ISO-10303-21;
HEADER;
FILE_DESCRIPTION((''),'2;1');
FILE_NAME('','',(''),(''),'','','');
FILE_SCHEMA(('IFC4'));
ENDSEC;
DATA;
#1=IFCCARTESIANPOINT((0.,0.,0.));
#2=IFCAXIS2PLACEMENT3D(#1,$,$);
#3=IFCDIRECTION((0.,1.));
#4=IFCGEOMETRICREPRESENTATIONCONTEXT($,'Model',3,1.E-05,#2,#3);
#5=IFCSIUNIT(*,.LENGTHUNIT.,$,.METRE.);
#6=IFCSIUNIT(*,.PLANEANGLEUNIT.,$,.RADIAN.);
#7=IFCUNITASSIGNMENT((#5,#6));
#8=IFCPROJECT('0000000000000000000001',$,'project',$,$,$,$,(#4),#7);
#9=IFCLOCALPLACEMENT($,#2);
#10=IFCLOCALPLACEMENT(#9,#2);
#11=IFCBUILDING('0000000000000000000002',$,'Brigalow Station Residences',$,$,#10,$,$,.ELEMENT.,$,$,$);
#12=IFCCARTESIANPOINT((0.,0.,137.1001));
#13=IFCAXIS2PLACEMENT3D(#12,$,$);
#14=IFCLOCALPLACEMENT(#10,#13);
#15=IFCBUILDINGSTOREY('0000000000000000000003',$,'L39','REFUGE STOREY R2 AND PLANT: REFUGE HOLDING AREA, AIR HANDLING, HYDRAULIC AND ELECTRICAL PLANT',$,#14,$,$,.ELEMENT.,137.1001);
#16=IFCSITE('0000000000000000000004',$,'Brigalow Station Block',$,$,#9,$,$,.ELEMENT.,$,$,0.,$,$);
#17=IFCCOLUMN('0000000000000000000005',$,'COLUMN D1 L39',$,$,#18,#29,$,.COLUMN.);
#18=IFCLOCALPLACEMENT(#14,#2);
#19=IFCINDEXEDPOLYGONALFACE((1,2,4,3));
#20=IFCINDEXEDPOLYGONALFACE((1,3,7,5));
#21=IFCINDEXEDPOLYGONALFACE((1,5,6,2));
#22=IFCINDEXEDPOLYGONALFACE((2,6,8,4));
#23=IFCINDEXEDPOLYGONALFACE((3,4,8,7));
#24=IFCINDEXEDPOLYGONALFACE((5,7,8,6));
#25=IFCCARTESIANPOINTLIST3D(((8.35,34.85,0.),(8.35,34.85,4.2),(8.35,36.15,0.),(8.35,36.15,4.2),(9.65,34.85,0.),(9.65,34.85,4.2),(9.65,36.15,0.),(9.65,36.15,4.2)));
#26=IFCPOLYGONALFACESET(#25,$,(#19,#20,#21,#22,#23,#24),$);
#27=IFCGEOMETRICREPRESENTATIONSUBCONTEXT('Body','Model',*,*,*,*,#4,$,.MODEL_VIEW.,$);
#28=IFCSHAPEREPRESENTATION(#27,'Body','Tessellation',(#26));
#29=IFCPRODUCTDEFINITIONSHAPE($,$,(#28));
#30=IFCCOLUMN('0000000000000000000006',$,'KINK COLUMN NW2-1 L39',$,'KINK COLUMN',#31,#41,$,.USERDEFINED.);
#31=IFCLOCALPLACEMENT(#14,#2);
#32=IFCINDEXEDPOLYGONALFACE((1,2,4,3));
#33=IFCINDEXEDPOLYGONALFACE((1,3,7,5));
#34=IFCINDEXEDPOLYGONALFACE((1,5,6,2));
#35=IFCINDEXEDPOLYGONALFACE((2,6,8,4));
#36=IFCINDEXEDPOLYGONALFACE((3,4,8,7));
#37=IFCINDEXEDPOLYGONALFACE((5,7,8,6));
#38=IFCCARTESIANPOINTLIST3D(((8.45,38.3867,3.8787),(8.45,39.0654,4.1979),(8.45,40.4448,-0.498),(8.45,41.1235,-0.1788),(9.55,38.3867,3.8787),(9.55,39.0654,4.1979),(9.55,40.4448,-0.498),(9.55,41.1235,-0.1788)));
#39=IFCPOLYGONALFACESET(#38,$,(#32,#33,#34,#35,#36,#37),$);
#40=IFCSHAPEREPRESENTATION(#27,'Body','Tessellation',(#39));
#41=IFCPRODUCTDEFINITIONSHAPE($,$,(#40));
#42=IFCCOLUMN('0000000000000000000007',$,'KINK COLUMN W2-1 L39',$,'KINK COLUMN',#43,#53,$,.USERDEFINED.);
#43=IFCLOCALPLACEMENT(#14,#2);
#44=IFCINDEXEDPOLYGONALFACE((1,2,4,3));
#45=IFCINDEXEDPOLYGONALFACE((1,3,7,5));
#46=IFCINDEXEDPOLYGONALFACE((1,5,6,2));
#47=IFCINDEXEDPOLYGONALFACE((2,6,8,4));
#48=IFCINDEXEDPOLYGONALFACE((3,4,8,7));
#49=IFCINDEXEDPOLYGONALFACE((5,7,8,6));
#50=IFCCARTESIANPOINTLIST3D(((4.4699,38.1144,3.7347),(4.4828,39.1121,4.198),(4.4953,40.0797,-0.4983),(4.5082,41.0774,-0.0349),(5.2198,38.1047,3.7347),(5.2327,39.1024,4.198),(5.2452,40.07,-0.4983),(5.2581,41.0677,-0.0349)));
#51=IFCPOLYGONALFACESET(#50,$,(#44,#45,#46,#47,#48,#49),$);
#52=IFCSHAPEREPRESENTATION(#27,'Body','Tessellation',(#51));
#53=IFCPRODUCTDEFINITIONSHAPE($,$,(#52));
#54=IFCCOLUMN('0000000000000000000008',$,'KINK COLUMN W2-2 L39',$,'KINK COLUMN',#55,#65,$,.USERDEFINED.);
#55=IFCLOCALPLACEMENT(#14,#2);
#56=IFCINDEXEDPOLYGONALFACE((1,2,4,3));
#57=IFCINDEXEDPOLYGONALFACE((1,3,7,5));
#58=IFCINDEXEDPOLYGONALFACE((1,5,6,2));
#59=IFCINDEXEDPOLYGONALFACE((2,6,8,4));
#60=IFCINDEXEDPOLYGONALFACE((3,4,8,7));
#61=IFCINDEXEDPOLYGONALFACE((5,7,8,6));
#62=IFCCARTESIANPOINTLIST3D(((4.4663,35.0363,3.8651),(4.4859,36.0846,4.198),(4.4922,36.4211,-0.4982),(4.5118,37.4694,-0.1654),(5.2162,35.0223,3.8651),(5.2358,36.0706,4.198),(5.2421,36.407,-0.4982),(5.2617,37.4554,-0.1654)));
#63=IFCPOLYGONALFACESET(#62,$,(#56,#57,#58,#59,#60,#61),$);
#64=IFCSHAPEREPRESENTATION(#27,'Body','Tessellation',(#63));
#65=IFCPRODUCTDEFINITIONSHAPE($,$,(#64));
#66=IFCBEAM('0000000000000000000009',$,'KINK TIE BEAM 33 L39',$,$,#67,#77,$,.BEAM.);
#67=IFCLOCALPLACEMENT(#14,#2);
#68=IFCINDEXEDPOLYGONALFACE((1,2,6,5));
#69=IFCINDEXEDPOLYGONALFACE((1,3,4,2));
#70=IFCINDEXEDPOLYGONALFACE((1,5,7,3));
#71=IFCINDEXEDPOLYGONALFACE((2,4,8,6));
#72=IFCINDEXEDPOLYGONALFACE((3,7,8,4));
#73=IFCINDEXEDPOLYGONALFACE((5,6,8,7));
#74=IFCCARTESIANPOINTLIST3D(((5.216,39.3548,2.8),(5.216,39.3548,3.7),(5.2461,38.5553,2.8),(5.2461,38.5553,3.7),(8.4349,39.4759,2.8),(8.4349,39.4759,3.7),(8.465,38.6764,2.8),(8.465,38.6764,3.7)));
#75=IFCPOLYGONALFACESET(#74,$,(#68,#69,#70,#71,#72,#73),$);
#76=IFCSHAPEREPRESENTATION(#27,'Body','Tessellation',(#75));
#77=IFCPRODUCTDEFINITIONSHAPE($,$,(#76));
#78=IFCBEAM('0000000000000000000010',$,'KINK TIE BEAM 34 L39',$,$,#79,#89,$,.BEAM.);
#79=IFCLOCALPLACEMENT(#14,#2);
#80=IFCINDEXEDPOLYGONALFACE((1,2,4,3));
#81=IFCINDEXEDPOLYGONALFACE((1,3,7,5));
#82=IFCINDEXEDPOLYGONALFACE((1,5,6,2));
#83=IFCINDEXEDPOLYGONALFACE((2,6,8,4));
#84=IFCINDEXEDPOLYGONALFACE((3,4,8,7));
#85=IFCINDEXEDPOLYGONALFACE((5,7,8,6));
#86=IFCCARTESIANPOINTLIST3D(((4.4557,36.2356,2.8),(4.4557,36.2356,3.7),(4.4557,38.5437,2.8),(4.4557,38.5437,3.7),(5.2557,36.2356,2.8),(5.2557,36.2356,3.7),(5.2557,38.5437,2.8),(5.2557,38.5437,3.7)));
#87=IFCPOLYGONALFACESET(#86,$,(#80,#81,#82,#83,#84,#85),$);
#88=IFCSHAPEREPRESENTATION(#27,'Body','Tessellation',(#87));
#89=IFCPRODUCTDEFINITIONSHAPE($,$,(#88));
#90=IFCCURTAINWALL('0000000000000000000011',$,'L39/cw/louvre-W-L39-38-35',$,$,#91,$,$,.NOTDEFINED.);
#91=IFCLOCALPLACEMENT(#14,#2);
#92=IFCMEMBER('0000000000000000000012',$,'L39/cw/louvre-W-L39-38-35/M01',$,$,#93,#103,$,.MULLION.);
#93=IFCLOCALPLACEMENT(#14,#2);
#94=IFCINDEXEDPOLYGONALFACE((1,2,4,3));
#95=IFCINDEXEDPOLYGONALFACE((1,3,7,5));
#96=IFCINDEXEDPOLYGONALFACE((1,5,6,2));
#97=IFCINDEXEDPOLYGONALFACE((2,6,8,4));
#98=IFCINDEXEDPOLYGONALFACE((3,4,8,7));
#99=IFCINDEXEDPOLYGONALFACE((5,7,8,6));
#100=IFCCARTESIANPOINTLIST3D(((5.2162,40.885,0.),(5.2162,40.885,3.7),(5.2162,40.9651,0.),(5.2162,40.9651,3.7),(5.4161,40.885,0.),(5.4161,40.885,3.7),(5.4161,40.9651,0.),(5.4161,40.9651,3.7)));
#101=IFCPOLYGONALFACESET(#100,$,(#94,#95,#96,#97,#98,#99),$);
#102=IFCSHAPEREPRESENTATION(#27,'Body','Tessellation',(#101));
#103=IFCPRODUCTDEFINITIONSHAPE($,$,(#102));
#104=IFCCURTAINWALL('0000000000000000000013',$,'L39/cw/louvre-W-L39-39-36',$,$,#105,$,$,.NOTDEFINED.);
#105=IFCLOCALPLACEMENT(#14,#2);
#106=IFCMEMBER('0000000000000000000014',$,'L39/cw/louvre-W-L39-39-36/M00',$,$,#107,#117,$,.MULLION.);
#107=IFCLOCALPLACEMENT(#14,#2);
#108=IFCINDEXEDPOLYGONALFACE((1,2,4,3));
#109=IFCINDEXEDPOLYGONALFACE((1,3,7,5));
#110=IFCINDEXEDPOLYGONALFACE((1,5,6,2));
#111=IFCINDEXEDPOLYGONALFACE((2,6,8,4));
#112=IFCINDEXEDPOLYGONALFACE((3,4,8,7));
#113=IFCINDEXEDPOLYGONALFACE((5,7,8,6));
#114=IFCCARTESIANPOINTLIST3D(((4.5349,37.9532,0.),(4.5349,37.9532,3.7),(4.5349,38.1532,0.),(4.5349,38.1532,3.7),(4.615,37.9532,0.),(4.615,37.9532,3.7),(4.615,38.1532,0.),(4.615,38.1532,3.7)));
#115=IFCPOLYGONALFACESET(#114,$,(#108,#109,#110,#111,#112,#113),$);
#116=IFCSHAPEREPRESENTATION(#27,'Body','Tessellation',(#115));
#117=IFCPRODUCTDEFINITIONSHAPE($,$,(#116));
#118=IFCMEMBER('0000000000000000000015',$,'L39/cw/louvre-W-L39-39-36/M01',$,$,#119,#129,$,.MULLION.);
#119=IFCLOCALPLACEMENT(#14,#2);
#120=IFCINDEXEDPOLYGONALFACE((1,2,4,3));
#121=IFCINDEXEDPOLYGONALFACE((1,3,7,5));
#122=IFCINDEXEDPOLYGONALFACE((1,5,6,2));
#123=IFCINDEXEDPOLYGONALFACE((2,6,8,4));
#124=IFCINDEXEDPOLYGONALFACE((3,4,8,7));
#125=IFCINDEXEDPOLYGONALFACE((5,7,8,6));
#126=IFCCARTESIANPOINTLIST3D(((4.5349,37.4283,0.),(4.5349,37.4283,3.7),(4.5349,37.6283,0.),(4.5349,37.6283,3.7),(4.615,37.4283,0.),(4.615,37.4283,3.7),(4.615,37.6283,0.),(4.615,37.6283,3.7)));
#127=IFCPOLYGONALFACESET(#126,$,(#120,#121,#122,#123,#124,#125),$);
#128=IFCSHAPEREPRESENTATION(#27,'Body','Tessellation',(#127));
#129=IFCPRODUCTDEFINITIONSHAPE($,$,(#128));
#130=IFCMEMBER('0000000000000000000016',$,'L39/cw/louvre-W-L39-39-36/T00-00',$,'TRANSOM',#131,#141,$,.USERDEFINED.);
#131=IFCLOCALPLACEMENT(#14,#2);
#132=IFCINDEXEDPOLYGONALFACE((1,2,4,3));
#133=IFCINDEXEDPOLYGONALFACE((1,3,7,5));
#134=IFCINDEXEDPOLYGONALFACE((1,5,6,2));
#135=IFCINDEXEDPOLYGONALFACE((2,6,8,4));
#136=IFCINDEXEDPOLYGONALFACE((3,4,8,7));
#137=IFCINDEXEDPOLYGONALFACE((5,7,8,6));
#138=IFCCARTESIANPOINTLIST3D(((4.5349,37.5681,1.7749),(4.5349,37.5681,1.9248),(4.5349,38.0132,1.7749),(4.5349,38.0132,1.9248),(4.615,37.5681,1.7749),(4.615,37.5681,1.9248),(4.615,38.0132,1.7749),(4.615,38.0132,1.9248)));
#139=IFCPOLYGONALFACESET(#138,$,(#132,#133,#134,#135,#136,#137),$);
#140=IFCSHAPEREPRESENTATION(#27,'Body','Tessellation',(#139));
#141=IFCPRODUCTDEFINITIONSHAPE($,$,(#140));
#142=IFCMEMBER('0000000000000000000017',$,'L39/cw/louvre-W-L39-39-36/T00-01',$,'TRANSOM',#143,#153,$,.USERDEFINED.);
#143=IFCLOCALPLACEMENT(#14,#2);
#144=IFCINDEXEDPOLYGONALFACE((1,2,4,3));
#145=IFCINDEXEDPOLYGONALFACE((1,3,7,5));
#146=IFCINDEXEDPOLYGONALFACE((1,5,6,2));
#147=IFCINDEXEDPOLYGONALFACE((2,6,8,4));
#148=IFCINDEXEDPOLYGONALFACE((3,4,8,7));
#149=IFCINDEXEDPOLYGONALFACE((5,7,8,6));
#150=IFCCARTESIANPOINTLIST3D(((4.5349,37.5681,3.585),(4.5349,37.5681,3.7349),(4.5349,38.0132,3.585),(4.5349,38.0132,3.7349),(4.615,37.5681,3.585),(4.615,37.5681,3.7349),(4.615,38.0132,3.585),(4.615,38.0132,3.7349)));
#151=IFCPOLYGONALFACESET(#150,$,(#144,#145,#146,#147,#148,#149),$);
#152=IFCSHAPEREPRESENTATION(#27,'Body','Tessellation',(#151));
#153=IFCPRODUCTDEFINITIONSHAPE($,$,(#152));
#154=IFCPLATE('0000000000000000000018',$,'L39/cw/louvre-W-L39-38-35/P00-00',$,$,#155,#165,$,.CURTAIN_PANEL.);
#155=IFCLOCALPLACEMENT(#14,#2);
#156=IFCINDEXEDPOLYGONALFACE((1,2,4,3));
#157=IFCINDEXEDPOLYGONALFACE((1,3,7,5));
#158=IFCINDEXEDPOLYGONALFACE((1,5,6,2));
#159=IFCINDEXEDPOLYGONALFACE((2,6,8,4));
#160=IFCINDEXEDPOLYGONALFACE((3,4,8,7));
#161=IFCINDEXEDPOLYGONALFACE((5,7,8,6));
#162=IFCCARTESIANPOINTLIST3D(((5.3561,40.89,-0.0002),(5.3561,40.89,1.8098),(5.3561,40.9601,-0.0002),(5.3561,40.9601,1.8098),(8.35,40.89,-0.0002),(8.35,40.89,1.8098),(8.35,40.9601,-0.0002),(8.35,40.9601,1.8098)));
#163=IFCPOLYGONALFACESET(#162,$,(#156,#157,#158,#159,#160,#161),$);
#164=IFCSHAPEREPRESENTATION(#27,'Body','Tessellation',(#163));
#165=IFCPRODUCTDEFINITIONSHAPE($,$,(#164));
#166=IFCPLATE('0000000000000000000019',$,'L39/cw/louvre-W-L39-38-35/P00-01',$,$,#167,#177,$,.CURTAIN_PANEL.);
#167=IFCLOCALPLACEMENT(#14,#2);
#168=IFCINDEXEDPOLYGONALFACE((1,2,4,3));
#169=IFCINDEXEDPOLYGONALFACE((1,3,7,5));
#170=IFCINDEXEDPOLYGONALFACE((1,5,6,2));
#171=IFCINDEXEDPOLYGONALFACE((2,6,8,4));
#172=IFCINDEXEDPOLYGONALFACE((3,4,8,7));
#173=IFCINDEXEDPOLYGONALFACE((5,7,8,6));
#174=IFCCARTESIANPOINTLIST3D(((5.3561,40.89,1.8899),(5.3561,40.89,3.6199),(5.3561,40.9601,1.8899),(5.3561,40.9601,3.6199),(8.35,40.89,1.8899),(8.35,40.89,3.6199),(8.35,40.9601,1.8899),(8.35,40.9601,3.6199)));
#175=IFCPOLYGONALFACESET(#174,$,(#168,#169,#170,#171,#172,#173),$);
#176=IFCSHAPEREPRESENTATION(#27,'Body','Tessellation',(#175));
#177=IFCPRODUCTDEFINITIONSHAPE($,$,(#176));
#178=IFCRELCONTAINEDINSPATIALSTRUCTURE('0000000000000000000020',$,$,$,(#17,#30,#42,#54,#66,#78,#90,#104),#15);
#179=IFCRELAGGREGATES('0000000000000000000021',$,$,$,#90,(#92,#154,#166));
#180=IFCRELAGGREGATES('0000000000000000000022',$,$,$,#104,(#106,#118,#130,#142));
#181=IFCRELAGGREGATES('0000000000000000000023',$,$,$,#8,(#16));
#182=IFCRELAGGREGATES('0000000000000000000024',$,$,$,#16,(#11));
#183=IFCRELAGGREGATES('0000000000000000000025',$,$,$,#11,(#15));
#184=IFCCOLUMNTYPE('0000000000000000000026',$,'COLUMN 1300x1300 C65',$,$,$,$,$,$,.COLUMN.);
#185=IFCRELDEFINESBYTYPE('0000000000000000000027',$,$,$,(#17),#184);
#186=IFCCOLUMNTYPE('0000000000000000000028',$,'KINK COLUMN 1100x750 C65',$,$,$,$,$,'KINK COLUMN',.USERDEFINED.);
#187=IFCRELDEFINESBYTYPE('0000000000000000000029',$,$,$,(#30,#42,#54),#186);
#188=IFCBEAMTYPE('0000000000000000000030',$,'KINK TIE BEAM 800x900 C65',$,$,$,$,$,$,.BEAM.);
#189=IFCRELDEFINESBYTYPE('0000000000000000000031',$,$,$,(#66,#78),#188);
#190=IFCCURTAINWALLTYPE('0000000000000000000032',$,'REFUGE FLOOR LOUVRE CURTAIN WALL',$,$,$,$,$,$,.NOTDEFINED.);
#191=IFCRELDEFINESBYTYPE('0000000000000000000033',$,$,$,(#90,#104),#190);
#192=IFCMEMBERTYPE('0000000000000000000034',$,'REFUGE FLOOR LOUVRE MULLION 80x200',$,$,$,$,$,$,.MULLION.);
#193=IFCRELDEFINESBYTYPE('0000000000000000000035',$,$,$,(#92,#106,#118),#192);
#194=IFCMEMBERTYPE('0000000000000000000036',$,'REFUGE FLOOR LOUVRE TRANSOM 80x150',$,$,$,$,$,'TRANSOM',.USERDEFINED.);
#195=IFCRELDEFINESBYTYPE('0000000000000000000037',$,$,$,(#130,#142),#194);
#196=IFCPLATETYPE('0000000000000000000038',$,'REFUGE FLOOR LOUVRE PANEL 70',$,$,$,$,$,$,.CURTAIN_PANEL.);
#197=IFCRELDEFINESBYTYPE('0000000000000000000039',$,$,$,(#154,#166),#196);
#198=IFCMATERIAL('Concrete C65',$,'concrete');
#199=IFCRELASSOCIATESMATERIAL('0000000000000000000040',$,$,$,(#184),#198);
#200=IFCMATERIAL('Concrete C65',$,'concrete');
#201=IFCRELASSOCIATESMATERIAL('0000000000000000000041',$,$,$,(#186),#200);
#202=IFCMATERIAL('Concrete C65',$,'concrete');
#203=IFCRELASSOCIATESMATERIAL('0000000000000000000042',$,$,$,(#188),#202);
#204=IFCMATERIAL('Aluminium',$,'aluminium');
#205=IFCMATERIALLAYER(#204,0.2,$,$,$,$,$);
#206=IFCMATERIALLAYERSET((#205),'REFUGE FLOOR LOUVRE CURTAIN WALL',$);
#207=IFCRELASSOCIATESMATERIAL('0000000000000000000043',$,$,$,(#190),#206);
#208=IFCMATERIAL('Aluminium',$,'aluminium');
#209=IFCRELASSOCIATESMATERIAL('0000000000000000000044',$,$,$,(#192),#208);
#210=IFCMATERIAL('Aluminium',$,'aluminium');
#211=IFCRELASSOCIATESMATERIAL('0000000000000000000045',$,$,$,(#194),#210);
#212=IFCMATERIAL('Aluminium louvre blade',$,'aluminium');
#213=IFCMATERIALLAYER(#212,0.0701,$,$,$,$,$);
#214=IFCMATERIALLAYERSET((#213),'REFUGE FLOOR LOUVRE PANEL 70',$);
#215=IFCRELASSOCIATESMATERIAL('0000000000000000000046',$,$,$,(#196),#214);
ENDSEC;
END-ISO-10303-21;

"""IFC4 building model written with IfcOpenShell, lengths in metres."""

from ifc_helpers import new_model, si_unit, direction, frame, origin, origin_2d, place, context, subcontext, project, spatial, rectangle, extrude, material, layer, layer_set, material_profile, profile_set, type_object, element, aggregate, save


model = new_model("IFC4")

# Units and contexts
model_context = context("Model", 3, precision=1e-05, world=origin(), true_north=direction((0.0, 1.0)))
body_context = subcontext(model_context, "Body", "Model", "MODEL_VIEW")
ifc_project = project(units=[si_unit("LENGTHUNIT", "METRE"), si_unit("PLANEANGLEUNIT", "RADIAN")], contexts=[model_context])

# Site, building, storey
site_placement = place(None, origin())
site = spatial("IfcSite", under=ifc_project, at=site_placement, Name="Brigalow Station Block", CompositionType="ELEMENT", RefElevation=0.0)
building_placement = place(site_placement, origin())
building = spatial("IfcBuilding", under=site, at=building_placement, Name="Brigalow Station Residences", CompositionType="ELEMENT")
storey_placement = place(building_placement, frame((0.0, 0.0, 137.1001)))
storey = spatial("IfcBuildingStorey", under=building, at=storey_placement, Name="L39", Description="REFUGE STOREY R2 AND PLANT: REFUGE HOLDING AREA, AIR HANDLING, HYDRAULIC AND ELECTRICAL PLANT", CompositionType="ELEMENT", Elevation=137.1001)

# Columns
ifc_material_1 = material(Name="Concrete C65", Category="concrete")
ifc_material_profile_1 = material_profile(ifc_material_1, rectangle(XDim=1.3, YDim=1.3, at=origin_2d()), Name="RC1300x1300")
ifc_profile_set_1 = profile_set([ifc_material_profile_1], Name="Concrete C65")
column_type_1 = type_object("IfcColumnType", Name="COLUMN 1300x1300 C65", PredefinedType="COLUMN", material=ifc_profile_set_1)
column_1_placement = place(storey_placement, frame((9.0, 35.5, 0.0), z_axis=(0.0, 0.0, 1.0), x_axis=(1.0, 0.0, 0.0)))
element("IfcColumn", 1, at=column_1_placement, inside=storey, type_object=column_type_1, Name="COLUMN D1 L39", PredefinedType="COLUMN", context=body_context, shape_type="SweptSolid", body=[
    extrude(rectangle(XDim=1.3, YDim=1.3, at=origin_2d()), origin(), (0.0, 0.0, 1.0), 4.2),
])
ifc_material_2 = material(Name="Concrete C65", Category="concrete")
ifc_material_profile_2 = material_profile(ifc_material_2, rectangle(XDim=1.1001, YDim=0.75, at=origin_2d()), Name="RC1100x750")
ifc_profile_set_2 = profile_set([ifc_material_profile_2], Name="Concrete C65")
column_type_2 = type_object("IfcColumnType", Name="KINK COLUMN 1100x750 C65", ElementType="KINK COLUMN", PredefinedType="USERDEFINED", material=ifc_profile_set_2)
column_2_placement = place(storey_placement, frame((9.0, 40.7842, -0.3384), z_axis=(0.0, -0.425539, 0.90494), x_axis=(1.0, 0.0, 0.0)))
element("IfcColumn", 2, at=column_2_placement, inside=storey, type_object=column_type_2, Name="KINK COLUMN NW2-1 L39", ObjectType="KINK COLUMN", PredefinedType="USERDEFINED", context=body_context, shape_type="SweptSolid", body=[
    extrude(rectangle(XDim=1.1001, YDim=0.75, at=origin_2d()), origin(), (0.0, 0.0, 1.0), 4.8364),
])
column_3_placement = place(storey_placement, frame((4.8767, 40.5737, -0.2666), z_axis=(-0.00544, -0.421114, 0.906991), x_axis=(0.011717, 0.906916, 0.421149)))
element("IfcColumn", 3, at=column_3_placement, inside=storey, type_object=column_type_2, Name="KINK COLUMN W2-1 L39", ObjectType="KINK COLUMN", PredefinedType="USERDEFINED", context=body_context, shape_type="SweptSolid", body=[
    extrude(rectangle(XDim=1.1001, YDim=0.75, at=origin_2d()), origin(), (0.0, 0.0, 1.0), 4.667),
])
column_4_placement = place(storey_placement, frame((4.877, 36.9382, -0.3318), z_axis=(-0.005653, -0.302494, 0.953134), x_axis=(0.017809, 0.952968, 0.302547)))
element("IfcColumn", 4, at=column_4_placement, inside=storey, type_object=column_type_2, Name="KINK COLUMN W2-2 L39", ObjectType="KINK COLUMN", PredefinedType="USERDEFINED", context=body_context, shape_type="SweptSolid", body=[
    extrude(rectangle(XDim=1.1001, YDim=0.75, at=origin_2d()), origin(), (0.0, 0.0, 1.0), 4.5779),
])

# Beams
ifc_material_3 = material(Name="Concrete C65", Category="concrete")
ifc_material_profile_3 = material_profile(ifc_material_3, rectangle(XDim=0.8, YDim=0.8999, at=origin_2d()), Name="RC800x900")
ifc_profile_set_3 = profile_set([ifc_material_profile_3], Name="Concrete C65")
beam_type = type_object("IfcBeamType", Name="KINK TIE BEAM 800x900 C65", PredefinedType="BEAM", material=ifc_profile_set_3)
beam_1_placement = place(storey_placement, frame((8.45, 39.0762, 3.25), z_axis=(-0.999293, -0.037592, 0.0), x_axis=(0.037592, -0.999293, 0.0)))
element("IfcBeam", 5, at=beam_1_placement, inside=storey, type_object=beam_type, Name="KINK TIE BEAM 33 L39", PredefinedType="BEAM", context=body_context, shape_type="SweptSolid", body=[
    extrude(rectangle(XDim=0.8, YDim=0.8999, at=origin_2d()), origin(), (0.0, 0.0, 1.0), 3.2212),
])
beam_2_placement = place(storey_placement, frame((4.8557, 38.5437, 3.25), z_axis=(0.0, -1.0, 0.0), x_axis=(1.0, 0.0, 0.0)))
element("IfcBeam", 6, at=beam_2_placement, inside=storey, type_object=beam_type, Name="KINK TIE BEAM 34 L39", PredefinedType="BEAM", context=body_context, shape_type="SweptSolid", body=[
    extrude(rectangle(XDim=0.8, YDim=0.8999, at=origin_2d()), origin(), (0.0, 0.0, 1.0), 2.3081),
])

# Curtain wall, member
ifc_material_4 = material(Name="Aluminium", Category="aluminium")
ifc_layer_1 = layer(ifc_material_4, 0.2)
ifc_layer_set_1 = layer_set([ifc_layer_1], Name="REFUGE FLOOR LOUVRE CURTAIN WALL")
curtain_wall_type = type_object("IfcCurtainWallType", Name="REFUGE FLOOR LOUVRE CURTAIN WALL", PredefinedType="NOTDEFINED", material=ifc_layer_set_1)
curtain_wall_1_placement = place(storey_placement, origin())
curtain_wall_1 = element("IfcCurtainWall", 7, at=curtain_wall_1_placement, inside=storey, type_object=curtain_wall_type, Name="L39/cw/louvre-W-L39-38-35", PredefinedType="NOTDEFINED")
ifc_material_5 = material(Name="Aluminium", Category="aluminium")
ifc_material_profile_4 = material_profile(ifc_material_5, rectangle(XDim=0.0801, YDim=0.2, at=origin_2d()), Name="REFUGE FLOOR LOUVRE MULLION 80x200")
ifc_profile_set_4 = profile_set([ifc_material_profile_4], Name="Aluminium")
member_type_1 = type_object("IfcMemberType", Name="REFUGE FLOOR LOUVRE MULLION 80x200", PredefinedType="MULLION", material=ifc_profile_set_4)
member_1_placement = place(storey_placement, frame((5.3162, 40.925, 0.0), z_axis=(0.0, 0.0, 1.0), x_axis=(0.0, -1.0, 0.0)))
member_1 = element("IfcMember", 8, at=member_1_placement, type_object=member_type_1, Name="L39/cw/louvre-W-L39-38-35/M01", PredefinedType="MULLION", context=body_context, shape_type="SweptSolid", body=[
    extrude(rectangle(XDim=0.0801, YDim=0.2, at=origin_2d()), origin(), (0.0, 0.0, 1.0), 3.7),
])

# Curtain wall, members
curtain_wall_2_placement = place(storey_placement, origin())
curtain_wall_2 = element("IfcCurtainWall", 9, at=curtain_wall_2_placement, inside=storey, type_object=curtain_wall_type, Name="L39/cw/louvre-W-L39-39-36", PredefinedType="NOTDEFINED")
member_2_placement = place(storey_placement, frame((4.575, 38.0532, 0.0), z_axis=(0.0, 0.0, 1.0), x_axis=(1.0, 0.0, 0.0)))
member_2 = element("IfcMember", 10, at=member_2_placement, type_object=member_type_1, Name="L39/cw/louvre-W-L39-39-36/M00", PredefinedType="MULLION", context=body_context, shape_type="SweptSolid", body=[
    extrude(rectangle(XDim=0.0801, YDim=0.2, at=origin_2d()), origin(), (0.0, 0.0, 1.0), 3.7),
])
member_3_placement = place(storey_placement, frame((4.575, 37.5283, 0.0), z_axis=(0.0, 0.0, 1.0), x_axis=(1.0, 0.0, 0.0)))
member_3 = element("IfcMember", 11, at=member_3_placement, type_object=member_type_1, Name="L39/cw/louvre-W-L39-39-36/M01", PredefinedType="MULLION", context=body_context, shape_type="SweptSolid", body=[
    extrude(rectangle(XDim=0.0801, YDim=0.2, at=origin_2d()), origin(), (0.0, 0.0, 1.0), 3.7),
])
ifc_material_6 = material(Name="Aluminium", Category="aluminium")
ifc_material_profile_5 = material_profile(ifc_material_6, rectangle(XDim=0.0801, YDim=0.1499, at=origin_2d()), Name="REFUGE FLOOR LOUVRE TRANSOM 80x150")
ifc_profile_set_5 = profile_set([ifc_material_profile_5], Name="Aluminium")
member_type_2 = type_object("IfcMemberType", Name="REFUGE FLOOR LOUVRE TRANSOM 80x150", ElementType="TRANSOM", PredefinedType="USERDEFINED", material=ifc_profile_set_5)
member_4_placement = place(storey_placement, frame((4.575, 38.0132, 1.8499), z_axis=(0.0, -1.0, 0.0), x_axis=(1.0, 0.0, 0.0)))
member_4 = element("IfcMember", 12, at=member_4_placement, type_object=member_type_2, Name="L39/cw/louvre-W-L39-39-36/T00-00", ObjectType="TRANSOM", PredefinedType="USERDEFINED", context=body_context, shape_type="SweptSolid", body=[
    extrude(rectangle(XDim=0.0801, YDim=0.1499, at=origin_2d()), origin(), (0.0, 0.0, 1.0), 0.4451),
])
member_5_placement = place(storey_placement, frame((4.575, 38.0132, 3.6599), z_axis=(0.0, -1.0, 0.0), x_axis=(1.0, 0.0, 0.0)))
member_5 = element("IfcMember", 13, at=member_5_placement, type_object=member_type_2, Name="L39/cw/louvre-W-L39-39-36/T00-01", ObjectType="TRANSOM", PredefinedType="USERDEFINED", context=body_context, shape_type="SweptSolid", body=[
    extrude(rectangle(XDim=0.0801, YDim=0.1499, at=origin_2d()), origin(), (0.0, 0.0, 1.0), 0.4451),
])

# Plates
ifc_material_7 = material(Name="Aluminium louvre blade", Category="aluminium")
ifc_layer_2 = layer(ifc_material_7, 0.0701)
ifc_layer_set_2 = layer_set([ifc_layer_2], Name="REFUGE FLOOR LOUVRE PANEL 70")
plate_type = type_object("IfcPlateType", Name="REFUGE FLOOR LOUVRE PANEL 70", PredefinedType="CURTAIN_PANEL", material=ifc_layer_set_2)
plate_1_placement = place(storey_placement, frame((6.853, 40.925, -0.0002), z_axis=(0.0, 0.0, 1.0), x_axis=(-1.0, 0.0, 0.0)))
plate_1 = element("IfcPlate", 14, at=plate_1_placement, type_object=plate_type, Name="L39/cw/louvre-W-L39-38-35/P00-00", PredefinedType="CURTAIN_PANEL", context=body_context, shape_type="SweptSolid", body=[
    extrude(rectangle(XDim=2.9939, YDim=0.0701, at=origin_2d()), origin(), (0.0, 0.0, 1.0), 1.8101),
])
plate_2_placement = place(storey_placement, frame((6.853, 40.925, 1.8899), z_axis=(0.0, 0.0, 1.0), x_axis=(-1.0, 0.0, 0.0)))
plate_2 = element("IfcPlate", 15, at=plate_2_placement, type_object=plate_type, Name="L39/cw/louvre-W-L39-38-35/P00-01", PredefinedType="CURTAIN_PANEL", context=body_context, shape_type="SweptSolid", body=[
    extrude(rectangle(XDim=2.9939, YDim=0.0701, at=origin_2d()), origin(), (0.0, 0.0, 1.0), 1.73),
])
aggregate(curtain_wall_1, [member_1, plate_1, plate_2])
aggregate(curtain_wall_2, [member_2, member_3, member_4, member_5])

save(model, "model.ifc")
